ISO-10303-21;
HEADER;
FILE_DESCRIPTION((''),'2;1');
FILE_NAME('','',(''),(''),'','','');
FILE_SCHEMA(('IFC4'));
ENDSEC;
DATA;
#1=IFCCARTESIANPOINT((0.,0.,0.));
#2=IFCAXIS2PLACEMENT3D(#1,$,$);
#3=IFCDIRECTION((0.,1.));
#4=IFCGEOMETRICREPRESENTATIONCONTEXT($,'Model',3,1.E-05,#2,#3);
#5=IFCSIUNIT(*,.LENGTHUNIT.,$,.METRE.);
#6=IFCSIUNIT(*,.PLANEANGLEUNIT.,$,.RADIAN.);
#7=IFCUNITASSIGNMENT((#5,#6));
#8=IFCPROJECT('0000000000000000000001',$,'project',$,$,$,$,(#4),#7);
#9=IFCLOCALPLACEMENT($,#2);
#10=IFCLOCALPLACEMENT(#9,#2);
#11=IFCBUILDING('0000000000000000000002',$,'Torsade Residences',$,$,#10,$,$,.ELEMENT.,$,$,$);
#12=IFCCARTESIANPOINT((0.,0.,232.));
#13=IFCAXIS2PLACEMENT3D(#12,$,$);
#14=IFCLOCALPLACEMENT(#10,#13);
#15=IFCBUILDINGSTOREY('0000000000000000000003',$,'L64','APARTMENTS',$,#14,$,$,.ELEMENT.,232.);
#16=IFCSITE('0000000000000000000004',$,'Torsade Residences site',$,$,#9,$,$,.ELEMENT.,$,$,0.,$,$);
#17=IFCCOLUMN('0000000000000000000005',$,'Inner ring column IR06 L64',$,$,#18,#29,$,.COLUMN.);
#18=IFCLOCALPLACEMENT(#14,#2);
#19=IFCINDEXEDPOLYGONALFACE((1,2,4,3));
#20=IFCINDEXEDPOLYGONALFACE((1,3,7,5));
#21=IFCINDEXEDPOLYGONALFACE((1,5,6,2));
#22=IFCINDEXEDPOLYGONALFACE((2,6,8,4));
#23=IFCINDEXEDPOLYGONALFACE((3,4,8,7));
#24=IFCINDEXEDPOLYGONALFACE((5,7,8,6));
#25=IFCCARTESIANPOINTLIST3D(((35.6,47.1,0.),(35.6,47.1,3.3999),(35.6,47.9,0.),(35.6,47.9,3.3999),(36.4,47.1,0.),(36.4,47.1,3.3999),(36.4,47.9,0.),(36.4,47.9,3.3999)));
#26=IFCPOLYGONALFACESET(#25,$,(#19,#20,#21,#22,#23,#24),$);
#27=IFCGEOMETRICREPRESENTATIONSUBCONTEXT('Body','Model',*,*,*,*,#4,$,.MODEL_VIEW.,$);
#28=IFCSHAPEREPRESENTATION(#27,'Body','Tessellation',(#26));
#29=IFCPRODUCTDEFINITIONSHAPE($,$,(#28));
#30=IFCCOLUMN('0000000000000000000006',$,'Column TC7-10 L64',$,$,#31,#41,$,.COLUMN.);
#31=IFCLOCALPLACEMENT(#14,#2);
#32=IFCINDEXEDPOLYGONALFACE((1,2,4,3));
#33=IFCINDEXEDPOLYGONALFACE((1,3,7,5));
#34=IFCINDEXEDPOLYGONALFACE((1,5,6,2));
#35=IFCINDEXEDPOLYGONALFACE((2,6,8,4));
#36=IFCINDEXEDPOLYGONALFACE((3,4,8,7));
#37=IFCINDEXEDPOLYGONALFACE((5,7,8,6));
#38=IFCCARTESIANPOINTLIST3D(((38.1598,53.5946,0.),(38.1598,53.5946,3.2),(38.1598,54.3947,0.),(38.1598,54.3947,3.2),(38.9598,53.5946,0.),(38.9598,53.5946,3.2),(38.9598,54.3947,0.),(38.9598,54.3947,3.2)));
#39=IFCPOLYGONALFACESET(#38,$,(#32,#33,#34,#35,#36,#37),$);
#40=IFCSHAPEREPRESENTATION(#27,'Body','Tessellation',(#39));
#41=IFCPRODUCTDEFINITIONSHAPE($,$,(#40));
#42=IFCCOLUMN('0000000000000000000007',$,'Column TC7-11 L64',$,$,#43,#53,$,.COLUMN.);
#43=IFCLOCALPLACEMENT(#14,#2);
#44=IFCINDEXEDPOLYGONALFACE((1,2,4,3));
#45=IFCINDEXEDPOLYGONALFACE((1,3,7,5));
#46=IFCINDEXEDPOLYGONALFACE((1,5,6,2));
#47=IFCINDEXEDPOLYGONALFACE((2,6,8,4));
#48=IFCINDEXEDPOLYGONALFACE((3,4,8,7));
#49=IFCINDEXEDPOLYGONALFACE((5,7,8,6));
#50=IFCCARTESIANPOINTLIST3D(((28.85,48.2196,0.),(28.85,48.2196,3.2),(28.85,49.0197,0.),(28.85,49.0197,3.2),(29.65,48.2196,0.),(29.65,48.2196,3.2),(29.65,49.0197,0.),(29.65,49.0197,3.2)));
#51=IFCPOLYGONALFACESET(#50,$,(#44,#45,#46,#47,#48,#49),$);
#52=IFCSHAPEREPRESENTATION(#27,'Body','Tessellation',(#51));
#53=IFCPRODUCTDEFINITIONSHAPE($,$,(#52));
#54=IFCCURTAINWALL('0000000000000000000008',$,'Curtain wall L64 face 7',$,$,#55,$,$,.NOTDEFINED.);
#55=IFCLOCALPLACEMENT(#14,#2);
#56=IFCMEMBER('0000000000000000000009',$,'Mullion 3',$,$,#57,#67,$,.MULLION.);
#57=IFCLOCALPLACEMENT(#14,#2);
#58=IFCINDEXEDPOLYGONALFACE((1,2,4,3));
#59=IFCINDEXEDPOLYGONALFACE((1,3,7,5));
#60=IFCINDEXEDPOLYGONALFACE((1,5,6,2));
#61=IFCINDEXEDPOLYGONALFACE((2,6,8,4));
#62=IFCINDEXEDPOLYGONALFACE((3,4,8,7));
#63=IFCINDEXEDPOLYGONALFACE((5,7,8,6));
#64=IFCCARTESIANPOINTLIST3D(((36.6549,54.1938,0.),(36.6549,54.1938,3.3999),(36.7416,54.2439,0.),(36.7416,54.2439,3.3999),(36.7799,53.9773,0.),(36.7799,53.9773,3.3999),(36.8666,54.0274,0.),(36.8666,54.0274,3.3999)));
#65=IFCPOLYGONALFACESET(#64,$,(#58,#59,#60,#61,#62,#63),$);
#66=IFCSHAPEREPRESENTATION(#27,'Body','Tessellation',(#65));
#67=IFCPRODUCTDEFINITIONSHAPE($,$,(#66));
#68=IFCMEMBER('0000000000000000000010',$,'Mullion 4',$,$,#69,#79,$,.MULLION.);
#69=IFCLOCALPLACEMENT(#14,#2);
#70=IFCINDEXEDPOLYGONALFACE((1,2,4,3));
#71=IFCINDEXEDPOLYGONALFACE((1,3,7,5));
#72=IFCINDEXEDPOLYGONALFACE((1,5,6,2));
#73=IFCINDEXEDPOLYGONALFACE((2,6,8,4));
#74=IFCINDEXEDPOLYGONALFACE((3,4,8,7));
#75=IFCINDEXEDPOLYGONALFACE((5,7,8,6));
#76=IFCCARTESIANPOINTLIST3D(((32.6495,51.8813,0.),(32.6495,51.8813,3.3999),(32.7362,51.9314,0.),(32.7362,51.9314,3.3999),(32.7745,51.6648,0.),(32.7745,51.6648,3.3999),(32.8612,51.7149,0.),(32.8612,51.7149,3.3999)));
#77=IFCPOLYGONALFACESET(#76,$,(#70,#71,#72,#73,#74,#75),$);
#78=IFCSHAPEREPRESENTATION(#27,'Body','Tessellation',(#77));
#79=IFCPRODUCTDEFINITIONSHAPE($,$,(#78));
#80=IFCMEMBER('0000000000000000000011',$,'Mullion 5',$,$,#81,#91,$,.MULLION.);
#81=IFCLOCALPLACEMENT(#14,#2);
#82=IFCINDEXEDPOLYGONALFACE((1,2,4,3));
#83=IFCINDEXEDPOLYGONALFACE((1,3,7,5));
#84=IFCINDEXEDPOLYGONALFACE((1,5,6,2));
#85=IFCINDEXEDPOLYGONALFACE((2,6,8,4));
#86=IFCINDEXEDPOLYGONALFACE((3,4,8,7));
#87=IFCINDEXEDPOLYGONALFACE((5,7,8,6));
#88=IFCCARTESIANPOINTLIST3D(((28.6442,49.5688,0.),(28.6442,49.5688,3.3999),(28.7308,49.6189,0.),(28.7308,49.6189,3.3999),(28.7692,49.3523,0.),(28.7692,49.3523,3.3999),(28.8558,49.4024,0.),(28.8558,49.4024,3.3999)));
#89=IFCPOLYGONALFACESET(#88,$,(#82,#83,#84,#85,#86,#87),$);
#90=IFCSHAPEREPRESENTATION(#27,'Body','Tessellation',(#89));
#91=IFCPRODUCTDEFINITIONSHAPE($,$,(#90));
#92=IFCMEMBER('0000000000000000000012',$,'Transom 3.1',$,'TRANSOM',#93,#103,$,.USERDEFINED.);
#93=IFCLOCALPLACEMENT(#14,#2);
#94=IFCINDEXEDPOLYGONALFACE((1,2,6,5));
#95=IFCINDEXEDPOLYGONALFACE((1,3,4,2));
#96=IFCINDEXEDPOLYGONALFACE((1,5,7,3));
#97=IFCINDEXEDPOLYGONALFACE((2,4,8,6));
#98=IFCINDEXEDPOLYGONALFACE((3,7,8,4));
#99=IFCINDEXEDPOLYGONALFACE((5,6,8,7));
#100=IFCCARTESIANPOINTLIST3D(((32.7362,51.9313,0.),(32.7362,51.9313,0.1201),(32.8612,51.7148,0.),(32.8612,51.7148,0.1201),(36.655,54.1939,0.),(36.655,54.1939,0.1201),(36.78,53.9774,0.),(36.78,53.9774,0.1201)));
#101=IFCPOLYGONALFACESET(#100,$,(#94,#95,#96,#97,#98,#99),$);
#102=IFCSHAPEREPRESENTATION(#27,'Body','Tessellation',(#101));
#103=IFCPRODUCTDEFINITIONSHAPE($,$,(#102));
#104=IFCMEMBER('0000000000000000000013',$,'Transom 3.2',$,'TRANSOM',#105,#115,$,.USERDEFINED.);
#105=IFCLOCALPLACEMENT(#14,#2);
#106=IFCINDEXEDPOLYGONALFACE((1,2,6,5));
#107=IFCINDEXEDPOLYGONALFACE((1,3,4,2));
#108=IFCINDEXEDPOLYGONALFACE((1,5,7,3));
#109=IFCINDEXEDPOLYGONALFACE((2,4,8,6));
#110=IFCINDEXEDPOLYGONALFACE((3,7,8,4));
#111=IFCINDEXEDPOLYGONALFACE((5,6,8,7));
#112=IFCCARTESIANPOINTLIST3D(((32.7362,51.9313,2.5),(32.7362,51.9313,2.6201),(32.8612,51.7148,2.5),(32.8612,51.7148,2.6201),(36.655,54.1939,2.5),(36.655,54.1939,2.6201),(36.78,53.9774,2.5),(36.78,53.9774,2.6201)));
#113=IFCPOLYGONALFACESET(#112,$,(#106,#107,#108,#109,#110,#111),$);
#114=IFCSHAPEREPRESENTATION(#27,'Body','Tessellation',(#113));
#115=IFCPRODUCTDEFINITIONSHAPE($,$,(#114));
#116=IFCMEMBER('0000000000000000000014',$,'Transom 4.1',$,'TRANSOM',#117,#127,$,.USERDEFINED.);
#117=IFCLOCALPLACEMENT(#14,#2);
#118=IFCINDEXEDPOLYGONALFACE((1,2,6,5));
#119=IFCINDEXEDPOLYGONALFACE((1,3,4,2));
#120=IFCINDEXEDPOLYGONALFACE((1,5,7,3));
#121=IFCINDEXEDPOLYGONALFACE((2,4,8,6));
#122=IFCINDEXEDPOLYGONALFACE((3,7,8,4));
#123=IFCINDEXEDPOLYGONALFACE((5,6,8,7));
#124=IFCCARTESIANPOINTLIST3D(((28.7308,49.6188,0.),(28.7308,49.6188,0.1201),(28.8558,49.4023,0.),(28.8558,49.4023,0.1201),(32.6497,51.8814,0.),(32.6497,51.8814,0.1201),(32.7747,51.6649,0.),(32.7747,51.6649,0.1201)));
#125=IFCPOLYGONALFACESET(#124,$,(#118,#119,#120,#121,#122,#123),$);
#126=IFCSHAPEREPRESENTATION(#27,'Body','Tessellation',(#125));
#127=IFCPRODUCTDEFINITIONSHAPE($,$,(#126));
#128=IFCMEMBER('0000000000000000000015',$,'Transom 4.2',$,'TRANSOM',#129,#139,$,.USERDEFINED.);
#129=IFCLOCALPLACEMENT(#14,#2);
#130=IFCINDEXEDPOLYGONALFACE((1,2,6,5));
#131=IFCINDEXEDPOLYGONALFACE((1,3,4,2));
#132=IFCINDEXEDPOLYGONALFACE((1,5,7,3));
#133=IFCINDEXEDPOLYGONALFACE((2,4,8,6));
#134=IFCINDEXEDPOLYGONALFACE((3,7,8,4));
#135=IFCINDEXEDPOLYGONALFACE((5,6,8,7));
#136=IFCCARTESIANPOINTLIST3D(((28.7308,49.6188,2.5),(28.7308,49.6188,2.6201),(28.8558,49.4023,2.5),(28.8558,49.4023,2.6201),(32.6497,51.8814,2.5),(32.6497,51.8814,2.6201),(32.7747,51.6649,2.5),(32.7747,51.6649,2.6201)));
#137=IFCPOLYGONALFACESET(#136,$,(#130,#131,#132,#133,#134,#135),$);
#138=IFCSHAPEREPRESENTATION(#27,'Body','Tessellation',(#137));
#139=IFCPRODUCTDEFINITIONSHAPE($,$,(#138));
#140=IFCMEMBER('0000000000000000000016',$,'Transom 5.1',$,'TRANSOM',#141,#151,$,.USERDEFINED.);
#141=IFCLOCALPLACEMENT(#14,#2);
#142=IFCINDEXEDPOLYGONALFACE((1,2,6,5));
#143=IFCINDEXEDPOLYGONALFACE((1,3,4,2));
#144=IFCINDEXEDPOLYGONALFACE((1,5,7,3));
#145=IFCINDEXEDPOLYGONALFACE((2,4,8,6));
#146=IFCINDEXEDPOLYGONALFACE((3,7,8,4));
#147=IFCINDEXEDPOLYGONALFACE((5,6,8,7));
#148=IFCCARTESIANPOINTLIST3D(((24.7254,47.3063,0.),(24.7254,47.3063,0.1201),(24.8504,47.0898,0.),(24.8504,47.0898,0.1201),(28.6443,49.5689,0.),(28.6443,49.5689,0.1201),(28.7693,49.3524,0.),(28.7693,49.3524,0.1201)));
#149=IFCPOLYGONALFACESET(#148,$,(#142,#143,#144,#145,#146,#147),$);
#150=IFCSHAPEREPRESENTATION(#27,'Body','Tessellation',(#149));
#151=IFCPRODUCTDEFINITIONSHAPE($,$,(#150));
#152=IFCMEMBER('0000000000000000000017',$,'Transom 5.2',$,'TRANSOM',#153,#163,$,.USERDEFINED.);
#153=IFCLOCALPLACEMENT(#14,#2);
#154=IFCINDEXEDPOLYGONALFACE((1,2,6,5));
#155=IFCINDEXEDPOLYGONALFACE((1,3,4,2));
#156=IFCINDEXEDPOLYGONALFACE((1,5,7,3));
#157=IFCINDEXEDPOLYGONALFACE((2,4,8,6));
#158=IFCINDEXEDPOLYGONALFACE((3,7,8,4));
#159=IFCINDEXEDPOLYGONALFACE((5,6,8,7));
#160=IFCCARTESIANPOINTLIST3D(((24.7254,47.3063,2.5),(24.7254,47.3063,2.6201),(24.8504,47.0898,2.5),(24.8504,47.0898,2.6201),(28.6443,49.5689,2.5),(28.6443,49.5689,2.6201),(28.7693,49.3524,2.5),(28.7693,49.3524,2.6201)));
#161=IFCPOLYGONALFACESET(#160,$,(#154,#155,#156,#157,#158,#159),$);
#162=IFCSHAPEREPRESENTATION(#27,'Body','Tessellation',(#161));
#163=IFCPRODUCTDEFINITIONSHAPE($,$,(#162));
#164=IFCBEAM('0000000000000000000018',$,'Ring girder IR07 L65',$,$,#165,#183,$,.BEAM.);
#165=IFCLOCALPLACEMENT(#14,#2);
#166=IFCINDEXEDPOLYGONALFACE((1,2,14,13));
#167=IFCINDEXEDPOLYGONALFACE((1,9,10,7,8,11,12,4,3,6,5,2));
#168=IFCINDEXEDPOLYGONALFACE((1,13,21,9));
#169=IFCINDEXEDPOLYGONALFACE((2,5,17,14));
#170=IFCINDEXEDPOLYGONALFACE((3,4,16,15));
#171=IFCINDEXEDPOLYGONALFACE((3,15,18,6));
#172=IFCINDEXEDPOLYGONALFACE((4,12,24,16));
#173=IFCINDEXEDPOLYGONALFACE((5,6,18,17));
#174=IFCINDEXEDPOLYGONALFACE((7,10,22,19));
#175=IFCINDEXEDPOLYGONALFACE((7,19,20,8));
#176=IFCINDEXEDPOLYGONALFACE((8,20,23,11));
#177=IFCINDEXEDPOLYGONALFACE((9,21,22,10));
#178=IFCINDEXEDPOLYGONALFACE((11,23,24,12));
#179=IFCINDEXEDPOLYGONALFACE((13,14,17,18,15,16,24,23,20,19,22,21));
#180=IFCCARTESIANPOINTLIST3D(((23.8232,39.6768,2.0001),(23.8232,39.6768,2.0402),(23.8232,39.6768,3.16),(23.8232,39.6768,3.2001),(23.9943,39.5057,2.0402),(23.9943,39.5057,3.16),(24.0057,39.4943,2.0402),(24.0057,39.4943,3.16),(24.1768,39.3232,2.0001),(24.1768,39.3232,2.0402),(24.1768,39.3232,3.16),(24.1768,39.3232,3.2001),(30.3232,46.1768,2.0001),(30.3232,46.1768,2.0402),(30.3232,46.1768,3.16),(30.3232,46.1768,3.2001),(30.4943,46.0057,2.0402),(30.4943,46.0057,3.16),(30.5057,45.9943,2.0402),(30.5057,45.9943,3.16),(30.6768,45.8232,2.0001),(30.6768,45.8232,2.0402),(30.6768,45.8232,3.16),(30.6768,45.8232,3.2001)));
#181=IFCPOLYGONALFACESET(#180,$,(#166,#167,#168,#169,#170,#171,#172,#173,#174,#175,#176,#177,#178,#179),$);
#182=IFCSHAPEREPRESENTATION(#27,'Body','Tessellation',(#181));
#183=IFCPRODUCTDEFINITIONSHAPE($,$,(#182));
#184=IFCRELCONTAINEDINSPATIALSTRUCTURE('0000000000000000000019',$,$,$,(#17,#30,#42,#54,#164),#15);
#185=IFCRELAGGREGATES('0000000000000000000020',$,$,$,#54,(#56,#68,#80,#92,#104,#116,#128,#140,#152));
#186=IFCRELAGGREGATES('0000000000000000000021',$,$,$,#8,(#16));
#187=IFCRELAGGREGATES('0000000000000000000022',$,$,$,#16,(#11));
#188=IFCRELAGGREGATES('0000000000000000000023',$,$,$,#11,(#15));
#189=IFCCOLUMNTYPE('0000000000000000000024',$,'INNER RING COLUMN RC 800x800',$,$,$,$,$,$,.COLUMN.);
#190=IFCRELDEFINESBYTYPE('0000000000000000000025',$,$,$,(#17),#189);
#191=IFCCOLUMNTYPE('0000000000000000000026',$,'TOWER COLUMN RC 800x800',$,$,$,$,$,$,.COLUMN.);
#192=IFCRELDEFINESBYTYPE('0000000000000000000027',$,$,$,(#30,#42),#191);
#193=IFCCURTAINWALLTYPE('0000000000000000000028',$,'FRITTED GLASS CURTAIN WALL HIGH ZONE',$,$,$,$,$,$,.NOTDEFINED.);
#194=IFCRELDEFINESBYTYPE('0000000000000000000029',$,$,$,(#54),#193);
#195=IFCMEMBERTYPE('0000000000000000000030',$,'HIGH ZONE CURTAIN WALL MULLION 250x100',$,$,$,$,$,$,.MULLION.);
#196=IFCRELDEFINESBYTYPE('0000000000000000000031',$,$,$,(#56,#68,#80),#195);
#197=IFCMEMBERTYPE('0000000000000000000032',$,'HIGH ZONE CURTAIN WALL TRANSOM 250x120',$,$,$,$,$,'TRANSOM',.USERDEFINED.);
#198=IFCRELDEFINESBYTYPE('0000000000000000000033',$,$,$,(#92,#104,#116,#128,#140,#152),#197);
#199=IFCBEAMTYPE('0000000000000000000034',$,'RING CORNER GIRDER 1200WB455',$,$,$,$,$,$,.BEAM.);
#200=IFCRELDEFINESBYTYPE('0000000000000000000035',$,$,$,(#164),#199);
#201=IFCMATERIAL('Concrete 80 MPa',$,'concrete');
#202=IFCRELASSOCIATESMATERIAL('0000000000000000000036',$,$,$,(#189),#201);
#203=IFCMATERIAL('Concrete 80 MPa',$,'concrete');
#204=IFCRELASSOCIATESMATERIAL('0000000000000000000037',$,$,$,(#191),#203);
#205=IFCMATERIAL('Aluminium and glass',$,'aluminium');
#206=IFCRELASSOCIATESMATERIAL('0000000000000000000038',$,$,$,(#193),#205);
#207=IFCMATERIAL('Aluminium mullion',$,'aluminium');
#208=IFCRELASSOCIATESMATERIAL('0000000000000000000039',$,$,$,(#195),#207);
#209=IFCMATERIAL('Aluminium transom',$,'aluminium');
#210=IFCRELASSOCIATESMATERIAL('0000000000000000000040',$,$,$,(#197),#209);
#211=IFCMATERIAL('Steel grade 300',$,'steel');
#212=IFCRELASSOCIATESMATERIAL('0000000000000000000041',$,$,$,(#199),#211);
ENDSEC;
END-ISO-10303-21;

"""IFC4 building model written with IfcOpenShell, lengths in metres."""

from ifc_helpers import new_model, si_unit, direction, frame, origin, origin_2d, place, context, subcontext, project, spatial, rectangle, i_section, extrude, material, material_profile, profile_set, type_object, element, aggregate, save


model = new_model("IFC4")

# Units and contexts
model_context = context("Model", 3, precision=1e-05, world=origin(), true_north=direction((0.0, 1.0)))
body_context = subcontext(model_context, "Body", "Model", "MODEL_VIEW")
ifc_project = project(units=[si_unit("LENGTHUNIT", "METRE"), si_unit("PLANEANGLEUNIT", "RADIAN")], contexts=[model_context])

# Site, building, storey
site_placement = place(None, origin())
site = spatial("IfcSite", under=ifc_project, at=site_placement, Name="Torsade Residences site", CompositionType="ELEMENT", RefElevation=0.0)
building_placement = place(site_placement, origin())
building = spatial("IfcBuilding", under=site, at=building_placement, Name="Torsade Residences", CompositionType="ELEMENT")
storey_placement = place(building_placement, frame((0.0, 0.0, 232.0)))
storey = spatial("IfcBuildingStorey", under=building, at=storey_placement, Name="L64", Description="APARTMENTS", CompositionType="ELEMENT", Elevation=232.0)

# Columns
ifc_material_1 = material(Name="Concrete 80 MPa", Category="concrete")
ifc_material_profile_1 = material_profile(ifc_material_1, rectangle(XDim=0.8, YDim=0.8, at=origin_2d()), Name="RC 800x800")
ifc_profile_set_1 = profile_set([ifc_material_profile_1], Name="Concrete 80 MPa")
column_type_1 = type_object("IfcColumnType", Name="INNER RING COLUMN RC 800x800", PredefinedType="COLUMN", material=ifc_profile_set_1)
column_placement = place(storey_placement, frame((36.0, 47.5, 0.0), z_axis=(0.0, 0.0, 1.0), x_axis=(1.0, 0.0, 0.0)))
element("IfcColumn", 1, at=column_placement, inside=storey, type_object=column_type_1, Name="Inner ring column IR06 L64", PredefinedType="COLUMN", context=body_context, shape_type="SweptSolid", body=[
    extrude(rectangle(XDim=0.8, YDim=0.8, at=origin_2d()), origin(), (0.0, 0.0, 1.0), 3.3999),
])
ifc_material_2 = material(Name="Concrete 80 MPa", Category="concrete")
ifc_material_profile_2 = material_profile(ifc_material_2, rectangle(XDim=0.8, YDim=0.8, at=origin_2d()), Name="RC 800x800")
ifc_profile_set_2 = profile_set([ifc_material_profile_2], Name="Concrete 80 MPa")
column_type_2 = type_object("IfcColumnType", Name="TOWER COLUMN RC 800x800", PredefinedType="COLUMN", material=ifc_profile_set_2)
for number, where, z_axis, x_axis, name in (
    (2, (38.5598, 53.9946, 0.0), (0.0, 0.0, 1.0), (1.0, 0.0, 0.0), "Column TC7-10 L64"),
    (3, (29.25, 48.6196, 0.0), (0.0, 0.0, 1.0), (1.0, 0.0, 0.0), "Column TC7-11 L64"),
):
    element("IfcColumn", number, at=place(storey_placement, frame(where, z_axis=z_axis, x_axis=x_axis)), inside=storey, type_object=column_type_2, Name=name, PredefinedType="COLUMN", context=body_context, shape_type="SweptSolid", body=[
        extrude(rectangle(XDim=0.8, YDim=0.8, at=origin_2d()), origin(), (0.0, 0.0, 1.0), 3.2),
    ])

# Curtain wall, members
ifc_material_3 = material(Name="Aluminium and glass", Category="aluminium")
curtain_wall_type = type_object("IfcCurtainWallType", Name="FRITTED GLASS CURTAIN WALL HIGH ZONE", PredefinedType="NOTDEFINED", material=ifc_material_3)
curtain_wall_placement = place(storey_placement, origin())
curtain_wall = element("IfcCurtainWall", 4, at=curtain_wall_placement, inside=storey, type_object=curtain_wall_type, Name="Curtain wall L64 face 7", PredefinedType="NOTDEFINED")
ifc_material_4 = material(Name="Aluminium mullion", Category="aluminium")
ifc_material_profile_3 = material_profile(ifc_material_4, rectangle(XDim=0.25, YDim=0.1001, at=origin_2d()), Name="HIGH ZONE CURTAIN WALL MULLION 250x100")
ifc_profile_set_3 = profile_set([ifc_material_profile_3], Name="Aluminium mullion")
member_type_1 = type_object("IfcMemberType", Name="HIGH ZONE CURTAIN WALL MULLION 250x100", PredefinedType="MULLION", material=ifc_profile_set_3)
member_1_placement = place(storey_placement, frame((36.7607, 54.1106, 0.0), z_axis=(0.0, 0.0, 1.0), x_axis=(0.5, -0.866025, 0.0)))
member_1 = element("IfcMember", 5, at=member_1_placement, type_object=member_type_1, Name="Mullion 3", PredefinedType="MULLION", context=body_context, shape_type="SweptSolid", body=[
    extrude(rectangle(XDim=0.25, YDim=0.1001, at=origin_2d()), origin(), (0.0, 0.0, 1.0), 3.3999),
])
member_2_placement = place(storey_placement, frame((32.7554, 51.7981, 0.0), z_axis=(0.0, 0.0, 1.0), x_axis=(0.5, -0.866025, 0.0)))
member_2 = element("IfcMember", 6, at=member_2_placement, type_object=member_type_1, Name="Mullion 4", PredefinedType="MULLION", context=body_context, shape_type="SweptSolid", body=[
    extrude(rectangle(XDim=0.25, YDim=0.1001, at=origin_2d()), origin(), (0.0, 0.0, 1.0), 3.3999),
])
member_3_placement = place(storey_placement, frame((28.75, 49.4856, 0.0), z_axis=(0.0, 0.0, 1.0), x_axis=(0.5, -0.866025, 0.0)))
member_3 = element("IfcMember", 7, at=member_3_placement, type_object=member_type_1, Name="Mullion 5", PredefinedType="MULLION", context=body_context, shape_type="SweptSolid", body=[
    extrude(rectangle(XDim=0.25, YDim=0.1001, at=origin_2d()), origin(), (0.0, 0.0, 1.0), 3.3999),
])
ifc_material_5 = material(Name="Aluminium transom", Category="aluminium")
ifc_material_profile_4 = material_profile(ifc_material_5, rectangle(XDim=0.25, YDim=0.1201, at=origin_2d()), Name="HIGH ZONE CURTAIN WALL TRANSOM 250x120")
ifc_profile_set_4 = profile_set([ifc_material_profile_4], Name="Aluminium transom")
member_type_2 = type_object("IfcMemberType", Name="HIGH ZONE CURTAIN WALL TRANSOM 250x120", ElementType="TRANSOM", PredefinedType="USERDEFINED", material=ifc_profile_set_4)
member_4_placement = place(storey_placement, frame((36.7175, 54.0857, 0.0601), z_axis=(-0.866017, -0.500015, 0.0), x_axis=(0.500015, -0.866017, 0.0)))
member_4 = element("IfcMember", 8, at=member_4_placement, type_object=member_type_2, Name="Transom 3.1", ObjectType="TRANSOM", PredefinedType="USERDEFINED", context=body_context, shape_type="SweptSolid", body=[
    extrude(rectangle(XDim=0.25, YDim=0.1201, at=origin_2d()), origin(), (0.0, 0.0, 1.0), 4.5251),
])
member_5_placement = place(storey_placement, frame((36.7175, 54.0857, 2.5601), z_axis=(-0.866017, -0.500015, 0.0), x_axis=(0.500015, -0.866017, 0.0)))
member_5 = element("IfcMember", 9, at=member_5_placement, type_object=member_type_2, Name="Transom 3.2", ObjectType="TRANSOM", PredefinedType="USERDEFINED", context=body_context, shape_type="SweptSolid", body=[
    extrude(rectangle(XDim=0.25, YDim=0.1201, at=origin_2d()), origin(), (0.0, 0.0, 1.0), 4.5251),
])
member_6_placement = place(storey_placement, frame((32.7122, 51.7732, 0.0601), z_axis=(-0.866017, -0.500015, 0.0), x_axis=(0.500015, -0.866017, 0.0)))
member_6 = element("IfcMember", 10, at=member_6_placement, type_object=member_type_2, Name="Transom 4.1", ObjectType="TRANSOM", PredefinedType="USERDEFINED", context=body_context, shape_type="SweptSolid", body=[
    extrude(rectangle(XDim=0.25, YDim=0.1201, at=origin_2d()), origin(), (0.0, 0.0, 1.0), 4.5251),
])
member_7_placement = place(storey_placement, frame((32.7122, 51.7732, 2.5601), z_axis=(-0.866017, -0.500015, 0.0), x_axis=(0.500015, -0.866017, 0.0)))
member_7 = element("IfcMember", 11, at=member_7_placement, type_object=member_type_2, Name="Transom 4.2", ObjectType="TRANSOM", PredefinedType="USERDEFINED", context=body_context, shape_type="SweptSolid", body=[
    extrude(rectangle(XDim=0.25, YDim=0.1201, at=origin_2d()), origin(), (0.0, 0.0, 1.0), 4.5251),
])
member_8_placement = place(storey_placement, frame((28.7068, 49.4607, 0.0601), z_axis=(-0.866017, -0.500015, 0.0), x_axis=(0.500015, -0.866017, 0.0)))
member_8 = element("IfcMember", 12, at=member_8_placement, type_object=member_type_2, Name="Transom 5.1", ObjectType="TRANSOM", PredefinedType="USERDEFINED", context=body_context, shape_type="SweptSolid", body=[
    extrude(rectangle(XDim=0.25, YDim=0.1201, at=origin_2d()), origin(), (0.0, 0.0, 1.0), 4.5251),
])
member_9_placement = place(storey_placement, frame((28.7068, 49.4607, 2.5601), z_axis=(-0.866017, -0.500015, 0.0), x_axis=(0.500015, -0.866017, 0.0)))
member_9 = element("IfcMember", 13, at=member_9_placement, type_object=member_type_2, Name="Transom 5.2", ObjectType="TRANSOM", PredefinedType="USERDEFINED", context=body_context, shape_type="SweptSolid", body=[
    extrude(rectangle(XDim=0.25, YDim=0.1201, at=origin_2d()), origin(), (0.0, 0.0, 1.0), 4.5251),
])

# Beam
ifc_material_6 = material(Name="Steel grade 300", Category="steel")
ifc_material_profile_5 = material_profile(ifc_material_6, i_section(OverallWidth=0.5, OverallDepth=1.2, WebThickness=0.0161, FlangeThickness=0.04, at=origin_2d()), Name="1200WB455")
ifc_profile_set_5 = profile_set([ifc_material_profile_5], Name="Steel grade 300")
beam_type_1 = type_object("IfcBeamType", Name="RING CORNER GIRDER 1200WB455", PredefinedType="BEAM", material=ifc_profile_set_5)
beam_1_placement = place(storey_placement, frame((30.5, 46.0, 2.6001), z_axis=(-0.707107, -0.707107, 0.0), x_axis=(0.707107, -0.707107, 0.0)))
element("IfcBeam", 14, at=beam_1_placement, inside=storey, type_object=beam_type_1, Name="Ring girder IR07 L65", PredefinedType="BEAM", context=body_context, shape_type="SweptSolid", body=[
    extrude(i_section(OverallWidth=0.5, OverallDepth=1.2, WebThickness=0.0161, FlangeThickness=0.04, at=origin_2d()), origin(), (0.0, 0.0, 1.0), 9.1924),
])

aggregate(curtain_wall, [member_1, member_2, member_3, member_4, member_5, member_6, member_7, member_8, member_9])

save(model, "model.ifc")
